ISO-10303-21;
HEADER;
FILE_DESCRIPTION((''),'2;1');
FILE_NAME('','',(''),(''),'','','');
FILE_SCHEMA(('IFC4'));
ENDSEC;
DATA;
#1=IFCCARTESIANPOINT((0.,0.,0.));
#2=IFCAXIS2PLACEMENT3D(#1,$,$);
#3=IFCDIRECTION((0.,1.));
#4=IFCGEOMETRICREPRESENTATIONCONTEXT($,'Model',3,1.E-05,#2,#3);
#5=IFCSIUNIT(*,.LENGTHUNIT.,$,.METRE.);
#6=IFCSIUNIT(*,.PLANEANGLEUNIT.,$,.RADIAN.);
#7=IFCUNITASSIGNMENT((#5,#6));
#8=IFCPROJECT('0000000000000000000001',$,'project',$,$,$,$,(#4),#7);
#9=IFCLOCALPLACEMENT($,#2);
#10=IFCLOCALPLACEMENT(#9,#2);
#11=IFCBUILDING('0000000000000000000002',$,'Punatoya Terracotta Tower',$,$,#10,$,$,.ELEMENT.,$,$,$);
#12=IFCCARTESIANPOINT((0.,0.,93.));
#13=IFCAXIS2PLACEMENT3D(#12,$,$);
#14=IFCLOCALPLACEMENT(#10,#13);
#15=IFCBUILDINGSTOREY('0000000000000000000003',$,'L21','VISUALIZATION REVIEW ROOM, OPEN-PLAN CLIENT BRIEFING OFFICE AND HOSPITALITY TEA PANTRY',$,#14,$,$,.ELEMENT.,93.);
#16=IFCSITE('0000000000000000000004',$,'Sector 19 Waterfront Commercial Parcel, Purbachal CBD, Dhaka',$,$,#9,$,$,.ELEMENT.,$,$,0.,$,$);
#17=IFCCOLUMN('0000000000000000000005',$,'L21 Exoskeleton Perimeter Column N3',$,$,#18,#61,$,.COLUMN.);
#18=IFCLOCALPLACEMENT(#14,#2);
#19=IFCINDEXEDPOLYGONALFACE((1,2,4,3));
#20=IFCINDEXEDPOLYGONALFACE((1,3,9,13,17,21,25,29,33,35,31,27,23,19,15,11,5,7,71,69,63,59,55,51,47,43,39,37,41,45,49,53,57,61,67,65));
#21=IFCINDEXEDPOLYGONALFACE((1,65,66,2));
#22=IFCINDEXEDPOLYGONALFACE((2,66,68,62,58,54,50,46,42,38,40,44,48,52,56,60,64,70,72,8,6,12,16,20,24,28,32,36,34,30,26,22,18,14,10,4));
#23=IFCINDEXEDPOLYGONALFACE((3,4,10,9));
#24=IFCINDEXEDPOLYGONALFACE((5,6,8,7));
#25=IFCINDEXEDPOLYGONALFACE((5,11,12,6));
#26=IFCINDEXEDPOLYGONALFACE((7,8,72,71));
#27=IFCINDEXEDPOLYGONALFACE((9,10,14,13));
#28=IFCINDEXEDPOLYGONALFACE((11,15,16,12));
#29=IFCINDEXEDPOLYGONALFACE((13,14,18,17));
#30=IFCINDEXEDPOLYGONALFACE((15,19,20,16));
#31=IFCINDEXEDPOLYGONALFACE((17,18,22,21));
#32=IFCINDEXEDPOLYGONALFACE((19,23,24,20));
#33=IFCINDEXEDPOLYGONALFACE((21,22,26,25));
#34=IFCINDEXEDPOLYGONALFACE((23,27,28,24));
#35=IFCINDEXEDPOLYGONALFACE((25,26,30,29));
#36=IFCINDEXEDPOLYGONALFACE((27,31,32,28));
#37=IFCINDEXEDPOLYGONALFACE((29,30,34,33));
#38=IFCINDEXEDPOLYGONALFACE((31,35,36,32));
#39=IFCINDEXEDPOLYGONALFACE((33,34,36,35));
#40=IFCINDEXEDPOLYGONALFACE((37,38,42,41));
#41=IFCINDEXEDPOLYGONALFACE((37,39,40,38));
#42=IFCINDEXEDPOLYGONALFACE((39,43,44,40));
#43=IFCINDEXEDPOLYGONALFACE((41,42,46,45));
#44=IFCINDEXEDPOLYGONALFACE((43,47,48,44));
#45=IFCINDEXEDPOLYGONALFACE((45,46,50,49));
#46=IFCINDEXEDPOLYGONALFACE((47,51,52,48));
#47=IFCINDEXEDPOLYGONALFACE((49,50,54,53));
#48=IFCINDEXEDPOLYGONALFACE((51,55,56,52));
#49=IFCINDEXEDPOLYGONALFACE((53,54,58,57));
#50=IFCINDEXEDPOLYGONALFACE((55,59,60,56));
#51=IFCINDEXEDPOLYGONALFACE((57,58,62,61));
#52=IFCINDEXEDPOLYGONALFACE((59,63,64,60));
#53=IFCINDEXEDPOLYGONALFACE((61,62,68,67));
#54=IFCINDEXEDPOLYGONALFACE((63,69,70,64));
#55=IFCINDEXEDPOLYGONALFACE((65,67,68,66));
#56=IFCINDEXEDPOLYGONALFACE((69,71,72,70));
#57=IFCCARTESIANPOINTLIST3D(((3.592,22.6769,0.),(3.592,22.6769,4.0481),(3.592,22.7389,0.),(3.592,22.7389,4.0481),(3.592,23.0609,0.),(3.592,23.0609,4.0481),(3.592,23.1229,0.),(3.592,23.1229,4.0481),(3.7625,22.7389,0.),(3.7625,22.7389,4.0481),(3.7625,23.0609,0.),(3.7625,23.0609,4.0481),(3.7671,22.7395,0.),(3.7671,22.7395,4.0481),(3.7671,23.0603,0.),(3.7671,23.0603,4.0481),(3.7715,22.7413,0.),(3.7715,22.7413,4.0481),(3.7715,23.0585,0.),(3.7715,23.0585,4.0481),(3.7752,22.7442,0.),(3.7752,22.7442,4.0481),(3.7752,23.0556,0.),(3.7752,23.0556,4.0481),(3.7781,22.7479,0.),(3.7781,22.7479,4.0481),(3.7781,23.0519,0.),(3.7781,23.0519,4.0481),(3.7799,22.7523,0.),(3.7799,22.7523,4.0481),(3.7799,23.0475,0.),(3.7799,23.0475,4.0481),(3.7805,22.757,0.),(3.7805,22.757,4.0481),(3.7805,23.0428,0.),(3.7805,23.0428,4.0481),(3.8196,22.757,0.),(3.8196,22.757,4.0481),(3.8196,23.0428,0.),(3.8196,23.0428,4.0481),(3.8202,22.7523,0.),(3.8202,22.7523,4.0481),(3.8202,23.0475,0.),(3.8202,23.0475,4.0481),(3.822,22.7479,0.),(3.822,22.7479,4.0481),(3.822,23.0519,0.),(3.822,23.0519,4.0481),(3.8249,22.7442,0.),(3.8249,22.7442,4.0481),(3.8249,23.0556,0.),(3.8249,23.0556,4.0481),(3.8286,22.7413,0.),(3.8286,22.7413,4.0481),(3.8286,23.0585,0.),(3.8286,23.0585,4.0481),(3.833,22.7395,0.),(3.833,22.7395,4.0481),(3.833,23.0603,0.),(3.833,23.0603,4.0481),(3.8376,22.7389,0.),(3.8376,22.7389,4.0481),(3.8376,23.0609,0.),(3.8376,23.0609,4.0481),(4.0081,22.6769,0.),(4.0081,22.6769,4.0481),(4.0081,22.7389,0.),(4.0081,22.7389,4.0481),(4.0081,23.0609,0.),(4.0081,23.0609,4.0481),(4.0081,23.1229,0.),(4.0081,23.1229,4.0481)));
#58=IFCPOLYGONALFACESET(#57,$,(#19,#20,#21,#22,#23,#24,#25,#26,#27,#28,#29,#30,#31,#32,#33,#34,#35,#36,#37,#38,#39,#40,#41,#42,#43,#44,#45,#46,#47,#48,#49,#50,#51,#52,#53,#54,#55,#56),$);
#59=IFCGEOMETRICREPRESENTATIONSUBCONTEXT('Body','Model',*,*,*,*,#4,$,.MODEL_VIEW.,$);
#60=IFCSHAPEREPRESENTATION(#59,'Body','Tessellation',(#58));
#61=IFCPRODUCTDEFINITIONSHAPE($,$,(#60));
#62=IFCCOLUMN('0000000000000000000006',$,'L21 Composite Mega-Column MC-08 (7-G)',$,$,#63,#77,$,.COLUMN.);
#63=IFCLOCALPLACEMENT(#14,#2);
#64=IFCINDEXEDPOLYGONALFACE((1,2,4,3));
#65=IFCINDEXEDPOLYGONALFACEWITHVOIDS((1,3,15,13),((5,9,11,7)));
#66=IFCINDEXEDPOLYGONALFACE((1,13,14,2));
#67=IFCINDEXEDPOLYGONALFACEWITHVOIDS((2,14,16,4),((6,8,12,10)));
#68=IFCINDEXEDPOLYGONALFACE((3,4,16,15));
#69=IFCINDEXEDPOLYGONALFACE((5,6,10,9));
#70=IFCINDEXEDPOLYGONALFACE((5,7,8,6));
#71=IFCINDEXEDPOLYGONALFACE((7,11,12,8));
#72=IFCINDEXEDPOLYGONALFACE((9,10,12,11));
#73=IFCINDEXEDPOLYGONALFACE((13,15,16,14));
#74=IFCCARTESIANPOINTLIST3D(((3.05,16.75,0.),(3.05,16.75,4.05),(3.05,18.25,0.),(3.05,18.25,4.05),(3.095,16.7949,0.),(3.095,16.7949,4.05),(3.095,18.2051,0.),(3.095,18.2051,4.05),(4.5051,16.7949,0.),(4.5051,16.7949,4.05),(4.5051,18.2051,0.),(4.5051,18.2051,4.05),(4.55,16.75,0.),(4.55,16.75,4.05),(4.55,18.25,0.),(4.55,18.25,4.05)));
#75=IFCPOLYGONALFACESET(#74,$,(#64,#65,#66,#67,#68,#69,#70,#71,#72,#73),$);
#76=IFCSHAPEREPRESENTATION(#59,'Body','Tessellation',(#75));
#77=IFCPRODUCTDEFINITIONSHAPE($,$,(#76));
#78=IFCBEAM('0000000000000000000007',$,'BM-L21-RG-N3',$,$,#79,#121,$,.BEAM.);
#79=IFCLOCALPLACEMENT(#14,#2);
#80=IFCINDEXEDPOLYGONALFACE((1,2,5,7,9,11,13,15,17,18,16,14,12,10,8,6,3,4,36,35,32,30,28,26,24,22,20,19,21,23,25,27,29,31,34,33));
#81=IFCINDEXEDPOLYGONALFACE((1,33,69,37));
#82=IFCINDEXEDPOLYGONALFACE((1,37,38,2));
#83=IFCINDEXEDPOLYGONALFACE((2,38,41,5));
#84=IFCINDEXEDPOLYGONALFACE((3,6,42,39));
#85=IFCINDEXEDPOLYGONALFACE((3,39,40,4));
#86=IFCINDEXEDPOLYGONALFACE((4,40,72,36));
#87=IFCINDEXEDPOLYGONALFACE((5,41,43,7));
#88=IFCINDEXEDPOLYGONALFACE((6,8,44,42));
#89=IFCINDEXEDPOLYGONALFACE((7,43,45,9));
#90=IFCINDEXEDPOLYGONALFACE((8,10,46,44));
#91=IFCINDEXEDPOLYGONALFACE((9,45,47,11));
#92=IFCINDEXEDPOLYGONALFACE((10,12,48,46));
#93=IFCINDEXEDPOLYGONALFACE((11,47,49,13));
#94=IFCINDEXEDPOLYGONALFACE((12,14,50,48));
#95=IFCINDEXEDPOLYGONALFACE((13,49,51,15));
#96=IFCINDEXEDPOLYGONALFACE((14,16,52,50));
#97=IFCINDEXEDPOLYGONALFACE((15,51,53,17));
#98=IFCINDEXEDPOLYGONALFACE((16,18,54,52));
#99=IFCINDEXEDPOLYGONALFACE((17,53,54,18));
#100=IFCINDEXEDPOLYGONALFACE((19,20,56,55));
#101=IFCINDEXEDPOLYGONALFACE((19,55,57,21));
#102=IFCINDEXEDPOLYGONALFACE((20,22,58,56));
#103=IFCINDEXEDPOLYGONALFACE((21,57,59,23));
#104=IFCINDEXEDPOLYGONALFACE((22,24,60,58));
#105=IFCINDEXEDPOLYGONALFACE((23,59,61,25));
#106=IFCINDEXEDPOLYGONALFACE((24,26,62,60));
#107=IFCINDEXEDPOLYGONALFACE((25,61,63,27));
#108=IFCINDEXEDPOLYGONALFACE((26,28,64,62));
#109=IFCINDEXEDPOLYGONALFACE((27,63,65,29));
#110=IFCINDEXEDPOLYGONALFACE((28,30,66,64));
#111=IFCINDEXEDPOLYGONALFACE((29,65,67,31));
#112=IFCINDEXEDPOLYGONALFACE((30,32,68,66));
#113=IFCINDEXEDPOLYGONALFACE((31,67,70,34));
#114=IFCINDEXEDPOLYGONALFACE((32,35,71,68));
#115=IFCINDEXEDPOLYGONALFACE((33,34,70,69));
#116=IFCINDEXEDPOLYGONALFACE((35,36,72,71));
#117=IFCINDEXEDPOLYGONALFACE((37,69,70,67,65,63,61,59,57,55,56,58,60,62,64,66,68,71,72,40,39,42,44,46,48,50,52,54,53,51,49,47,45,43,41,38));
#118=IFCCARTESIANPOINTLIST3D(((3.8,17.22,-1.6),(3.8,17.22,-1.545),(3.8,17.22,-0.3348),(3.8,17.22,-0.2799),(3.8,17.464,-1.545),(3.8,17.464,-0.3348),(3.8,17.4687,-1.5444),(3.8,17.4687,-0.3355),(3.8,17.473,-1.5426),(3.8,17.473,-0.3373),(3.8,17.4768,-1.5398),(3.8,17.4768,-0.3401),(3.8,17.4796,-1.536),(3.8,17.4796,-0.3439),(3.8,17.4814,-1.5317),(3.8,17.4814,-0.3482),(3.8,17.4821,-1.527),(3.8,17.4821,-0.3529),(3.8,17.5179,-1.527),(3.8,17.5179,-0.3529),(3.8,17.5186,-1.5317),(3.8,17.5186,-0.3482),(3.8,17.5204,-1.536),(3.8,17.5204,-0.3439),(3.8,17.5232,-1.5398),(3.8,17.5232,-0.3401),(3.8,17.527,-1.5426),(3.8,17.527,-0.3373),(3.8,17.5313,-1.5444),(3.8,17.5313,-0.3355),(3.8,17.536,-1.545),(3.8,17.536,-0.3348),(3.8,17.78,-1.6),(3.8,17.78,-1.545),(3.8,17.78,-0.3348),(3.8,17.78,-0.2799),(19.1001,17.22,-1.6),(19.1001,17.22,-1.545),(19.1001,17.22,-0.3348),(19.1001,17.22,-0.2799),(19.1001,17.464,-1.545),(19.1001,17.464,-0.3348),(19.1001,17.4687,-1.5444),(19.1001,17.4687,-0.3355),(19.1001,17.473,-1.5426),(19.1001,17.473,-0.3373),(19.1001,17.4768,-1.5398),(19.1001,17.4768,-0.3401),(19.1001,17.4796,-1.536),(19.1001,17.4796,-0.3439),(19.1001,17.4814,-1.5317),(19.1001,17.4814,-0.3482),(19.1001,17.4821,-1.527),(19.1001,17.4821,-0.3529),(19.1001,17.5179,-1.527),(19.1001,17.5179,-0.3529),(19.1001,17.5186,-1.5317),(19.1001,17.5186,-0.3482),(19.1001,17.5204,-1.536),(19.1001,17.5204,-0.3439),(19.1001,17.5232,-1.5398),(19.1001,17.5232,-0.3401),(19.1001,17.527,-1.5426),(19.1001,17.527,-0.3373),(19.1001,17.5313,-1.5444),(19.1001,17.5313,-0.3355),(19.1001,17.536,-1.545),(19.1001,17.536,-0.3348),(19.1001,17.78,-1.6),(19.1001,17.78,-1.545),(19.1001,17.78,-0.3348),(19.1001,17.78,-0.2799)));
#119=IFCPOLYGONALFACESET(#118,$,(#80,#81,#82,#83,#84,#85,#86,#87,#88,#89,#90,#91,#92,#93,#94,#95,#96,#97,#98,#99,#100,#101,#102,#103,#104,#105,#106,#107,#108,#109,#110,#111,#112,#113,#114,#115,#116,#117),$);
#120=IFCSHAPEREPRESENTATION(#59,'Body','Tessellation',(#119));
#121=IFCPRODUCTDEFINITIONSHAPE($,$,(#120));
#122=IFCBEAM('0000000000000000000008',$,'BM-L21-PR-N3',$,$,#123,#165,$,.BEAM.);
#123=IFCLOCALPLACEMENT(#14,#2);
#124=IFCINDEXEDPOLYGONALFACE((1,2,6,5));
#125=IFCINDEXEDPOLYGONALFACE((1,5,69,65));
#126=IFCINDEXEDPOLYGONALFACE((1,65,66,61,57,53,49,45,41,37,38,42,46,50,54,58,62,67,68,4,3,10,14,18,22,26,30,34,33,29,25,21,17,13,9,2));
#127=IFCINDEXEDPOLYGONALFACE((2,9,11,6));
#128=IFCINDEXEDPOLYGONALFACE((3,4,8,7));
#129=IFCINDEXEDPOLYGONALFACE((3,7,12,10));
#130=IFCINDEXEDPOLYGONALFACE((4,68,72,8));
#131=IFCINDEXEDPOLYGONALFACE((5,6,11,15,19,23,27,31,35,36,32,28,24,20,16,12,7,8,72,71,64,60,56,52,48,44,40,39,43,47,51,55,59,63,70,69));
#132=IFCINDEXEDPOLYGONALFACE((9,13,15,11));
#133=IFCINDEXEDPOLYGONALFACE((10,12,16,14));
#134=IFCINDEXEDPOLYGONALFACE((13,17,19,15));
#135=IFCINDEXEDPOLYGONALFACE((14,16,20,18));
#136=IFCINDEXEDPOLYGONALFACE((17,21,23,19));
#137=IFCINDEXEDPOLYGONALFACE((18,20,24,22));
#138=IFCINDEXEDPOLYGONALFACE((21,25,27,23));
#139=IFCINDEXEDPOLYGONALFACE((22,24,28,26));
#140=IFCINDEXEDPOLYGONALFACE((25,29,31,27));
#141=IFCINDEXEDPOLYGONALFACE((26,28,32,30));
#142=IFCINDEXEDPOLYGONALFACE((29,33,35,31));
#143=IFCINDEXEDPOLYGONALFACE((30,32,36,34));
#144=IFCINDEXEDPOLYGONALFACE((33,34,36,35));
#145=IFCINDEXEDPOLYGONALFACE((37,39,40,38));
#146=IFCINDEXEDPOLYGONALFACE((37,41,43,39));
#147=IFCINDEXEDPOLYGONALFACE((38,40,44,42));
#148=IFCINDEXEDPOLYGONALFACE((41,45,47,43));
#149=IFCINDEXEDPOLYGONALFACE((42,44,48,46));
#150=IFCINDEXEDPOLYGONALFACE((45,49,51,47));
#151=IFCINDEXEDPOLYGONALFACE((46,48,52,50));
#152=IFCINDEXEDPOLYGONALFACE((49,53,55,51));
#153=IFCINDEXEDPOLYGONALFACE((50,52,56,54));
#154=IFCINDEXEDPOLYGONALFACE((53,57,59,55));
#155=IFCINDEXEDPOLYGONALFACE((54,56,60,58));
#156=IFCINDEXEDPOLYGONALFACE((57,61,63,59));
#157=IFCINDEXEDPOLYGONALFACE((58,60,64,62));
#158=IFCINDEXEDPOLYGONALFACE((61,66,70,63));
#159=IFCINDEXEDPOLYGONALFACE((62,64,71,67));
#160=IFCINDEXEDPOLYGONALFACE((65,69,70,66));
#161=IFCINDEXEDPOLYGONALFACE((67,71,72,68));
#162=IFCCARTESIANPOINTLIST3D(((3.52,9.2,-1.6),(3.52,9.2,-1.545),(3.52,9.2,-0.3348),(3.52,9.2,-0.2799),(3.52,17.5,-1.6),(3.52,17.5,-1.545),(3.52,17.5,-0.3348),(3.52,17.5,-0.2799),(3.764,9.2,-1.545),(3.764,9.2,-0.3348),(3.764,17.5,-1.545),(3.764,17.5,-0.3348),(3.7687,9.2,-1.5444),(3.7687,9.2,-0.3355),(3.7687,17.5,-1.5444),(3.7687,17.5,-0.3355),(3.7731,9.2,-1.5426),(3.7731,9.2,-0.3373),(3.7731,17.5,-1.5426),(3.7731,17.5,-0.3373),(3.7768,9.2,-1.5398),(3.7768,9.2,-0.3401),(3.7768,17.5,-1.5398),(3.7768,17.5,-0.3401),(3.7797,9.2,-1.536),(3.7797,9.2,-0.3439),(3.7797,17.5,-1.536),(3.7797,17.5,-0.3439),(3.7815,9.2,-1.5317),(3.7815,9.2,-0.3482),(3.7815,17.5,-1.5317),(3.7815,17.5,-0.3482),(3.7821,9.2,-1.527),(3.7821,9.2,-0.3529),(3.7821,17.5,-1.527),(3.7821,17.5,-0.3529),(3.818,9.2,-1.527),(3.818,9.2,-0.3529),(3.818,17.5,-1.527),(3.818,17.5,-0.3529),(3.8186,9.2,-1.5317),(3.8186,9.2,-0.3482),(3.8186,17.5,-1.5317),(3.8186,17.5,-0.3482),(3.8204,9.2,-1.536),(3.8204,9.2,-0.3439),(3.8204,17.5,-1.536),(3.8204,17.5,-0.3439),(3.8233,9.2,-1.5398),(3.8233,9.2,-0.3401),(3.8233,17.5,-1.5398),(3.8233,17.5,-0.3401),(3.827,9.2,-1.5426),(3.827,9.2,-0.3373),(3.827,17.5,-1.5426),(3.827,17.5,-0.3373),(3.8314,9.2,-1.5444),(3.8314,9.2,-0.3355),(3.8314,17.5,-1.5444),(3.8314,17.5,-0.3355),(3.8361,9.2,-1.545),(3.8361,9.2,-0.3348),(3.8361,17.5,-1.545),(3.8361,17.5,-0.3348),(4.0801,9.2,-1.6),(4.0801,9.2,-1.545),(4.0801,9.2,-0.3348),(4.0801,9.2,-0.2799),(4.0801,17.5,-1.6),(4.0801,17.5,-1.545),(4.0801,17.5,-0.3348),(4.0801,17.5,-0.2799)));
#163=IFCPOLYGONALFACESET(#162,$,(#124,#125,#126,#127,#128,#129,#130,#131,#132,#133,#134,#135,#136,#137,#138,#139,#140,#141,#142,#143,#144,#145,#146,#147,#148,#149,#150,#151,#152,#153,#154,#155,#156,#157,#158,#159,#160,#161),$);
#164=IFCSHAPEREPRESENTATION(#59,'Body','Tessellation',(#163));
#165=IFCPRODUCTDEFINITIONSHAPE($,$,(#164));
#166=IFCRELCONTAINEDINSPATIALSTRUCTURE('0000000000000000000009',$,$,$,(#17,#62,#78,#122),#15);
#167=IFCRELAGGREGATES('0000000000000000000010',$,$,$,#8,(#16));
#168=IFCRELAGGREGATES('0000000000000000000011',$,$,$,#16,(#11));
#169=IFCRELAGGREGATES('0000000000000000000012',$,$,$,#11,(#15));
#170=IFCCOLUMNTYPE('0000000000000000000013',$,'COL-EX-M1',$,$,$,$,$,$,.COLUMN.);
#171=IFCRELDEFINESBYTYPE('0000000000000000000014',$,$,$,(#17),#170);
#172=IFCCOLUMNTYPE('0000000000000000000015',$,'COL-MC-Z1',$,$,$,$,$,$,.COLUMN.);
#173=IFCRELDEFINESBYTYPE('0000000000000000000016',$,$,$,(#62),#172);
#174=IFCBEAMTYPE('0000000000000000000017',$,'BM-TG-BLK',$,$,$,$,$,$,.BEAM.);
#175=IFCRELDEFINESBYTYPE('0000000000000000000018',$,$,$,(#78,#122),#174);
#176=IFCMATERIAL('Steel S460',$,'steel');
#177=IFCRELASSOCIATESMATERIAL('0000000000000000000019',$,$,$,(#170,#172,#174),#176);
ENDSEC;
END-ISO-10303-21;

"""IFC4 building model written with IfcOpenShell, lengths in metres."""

from ifc_helpers import new_model, si_unit, direction, frame, origin, origin_2d, place, context, subcontext, project, spatial, hollow_rectangle, i_section, extrude, material, material_profile, profile_set, type_object, element, save


model = new_model("IFC4")

# Units and contexts
model_context = context("Model", 3, precision=1e-05, world=origin(), true_north=direction((0.0, 1.0)))
body_context = subcontext(model_context, "Body", "Model", "MODEL_VIEW")
ifc_project = project(units=[si_unit("LENGTHUNIT", "METRE"), si_unit("PLANEANGLEUNIT", "RADIAN")], contexts=[model_context])

# Site, building, storey
site_placement = place(None, origin())
site = spatial("IfcSite", under=ifc_project, at=site_placement, Name="Sector 19 Waterfront Commercial Parcel, Purbachal CBD, Dhaka", CompositionType="ELEMENT", RefElevation=0.0)
building_placement = place(site_placement, origin())
building = spatial("IfcBuilding", under=site, at=building_placement, Name="Punatoya Terracotta Tower", CompositionType="ELEMENT")
storey_placement = place(building_placement, frame((0.0, 0.0, 93.0)))
storey = spatial("IfcBuildingStorey", under=building, at=storey_placement, Name="L21", Description="VISUALIZATION REVIEW ROOM, OPEN-PLAN CLIENT BRIEFING OFFICE AND HOSPITALITY TEA PANTRY", CompositionType="ELEMENT", Elevation=93.0)

# Columns
ifc_material_1 = material(Name="Steel S460", Category="steel")
ifc_material_profile_1 = material_profile(ifc_material_1, i_section(OverallWidth=0.416, OverallDepth=0.446, WebThickness=0.0391, FlangeThickness=0.062, FilletRadius=0.0181, at=origin_2d()))
ifc_profile_set_1 = profile_set([ifc_material_profile_1], Name="Steel S460")
column_type_1 = type_object("IfcColumnType", Name="COL-EX-M1", PredefinedType="COLUMN", material=ifc_profile_set_1)
column_1_placement = place(storey_placement, frame((3.8, 22.8999, 0.0), z_axis=(0.0, 0.0, 1.0), x_axis=(1.0, 0.0, 0.0)))
element("IfcColumn", 1, at=column_1_placement, inside=storey, type_object=column_type_1, Name="L21 Exoskeleton Perimeter Column N3", PredefinedType="COLUMN", context=body_context, shape_type="SweptSolid", body=[
    extrude(i_section(OverallWidth=0.416, OverallDepth=0.446, WebThickness=0.0391, FlangeThickness=0.062, FilletRadius=0.0181, at=origin_2d()), origin(), (0.0, 0.0, 1.0), 4.0481),
])
ifc_material_profile_2 = material_profile(ifc_material_1, hollow_rectangle(XDim=1.5, YDim=1.5, WallThickness=0.0449, at=origin_2d()))
ifc_profile_set_2 = profile_set([ifc_material_profile_2], Name="Steel S460")
column_type_2 = type_object("IfcColumnType", Name="COL-MC-Z1", PredefinedType="COLUMN", material=ifc_profile_set_2)
column_2_placement = place(storey_placement, frame((3.8, 17.5, 0.0), z_axis=(0.0, 0.0, 1.0), x_axis=(1.0, 0.0, 0.0)))
element("IfcColumn", 2, at=column_2_placement, inside=storey, type_object=column_type_2, Name="L21 Composite Mega-Column MC-08 (7-G)", PredefinedType="COLUMN", context=body_context, shape_type="SweptSolid", body=[
    extrude(hollow_rectangle(XDim=1.5, YDim=1.5, WallThickness=0.0449, at=origin_2d()), origin(), (0.0, 0.0, 1.0), 4.05),
])

# Beams
ifc_material_profile_3 = material_profile(ifc_material_1, i_section(OverallWidth=0.5601, OverallDepth=1.3201, WebThickness=0.0359, FlangeThickness=0.0549, FilletRadius=0.0181, at=origin_2d()))
ifc_profile_set_3 = profile_set([ifc_material_profile_3], Name="Steel S460")
beam_type = type_object("IfcBeamType", Name="BM-TG-BLK", PredefinedType="BEAM", material=ifc_profile_set_3)
beam_1_placement = place(storey_placement, frame((3.8, 17.5, -0.9399), z_axis=(1.0, 0.0, 0.0), x_axis=(0.0, 1.0, 0.0)))
element("IfcBeam", 3, at=beam_1_placement, inside=storey, type_object=beam_type, Name="BM-L21-RG-N3", PredefinedType="BEAM", context=body_context, shape_type="SweptSolid", body=[
    extrude(i_section(OverallWidth=0.5601, OverallDepth=1.3201, WebThickness=0.0359, FlangeThickness=0.0549, FilletRadius=0.0181, at=origin_2d()), origin(), (0.0, 0.0, 1.0), 15.3),
])
beam_2_placement = place(storey_placement, frame((3.8, 9.2, -0.9399), z_axis=(0.0, 1.0, 0.0), x_axis=(-1.0, 0.0, 0.0)))
element("IfcBeam", 4, at=beam_2_placement, inside=storey, type_object=beam_type, Name="BM-L21-PR-N3", PredefinedType="BEAM", context=body_context, shape_type="SweptSolid", body=[
    extrude(i_section(OverallWidth=0.5601, OverallDepth=1.3201, WebThickness=0.0359, FlangeThickness=0.0549, FilletRadius=0.0181, at=origin_2d()), origin(), (0.0, 0.0, 1.0), 8.3),
])

save(model, "model.ifc")
